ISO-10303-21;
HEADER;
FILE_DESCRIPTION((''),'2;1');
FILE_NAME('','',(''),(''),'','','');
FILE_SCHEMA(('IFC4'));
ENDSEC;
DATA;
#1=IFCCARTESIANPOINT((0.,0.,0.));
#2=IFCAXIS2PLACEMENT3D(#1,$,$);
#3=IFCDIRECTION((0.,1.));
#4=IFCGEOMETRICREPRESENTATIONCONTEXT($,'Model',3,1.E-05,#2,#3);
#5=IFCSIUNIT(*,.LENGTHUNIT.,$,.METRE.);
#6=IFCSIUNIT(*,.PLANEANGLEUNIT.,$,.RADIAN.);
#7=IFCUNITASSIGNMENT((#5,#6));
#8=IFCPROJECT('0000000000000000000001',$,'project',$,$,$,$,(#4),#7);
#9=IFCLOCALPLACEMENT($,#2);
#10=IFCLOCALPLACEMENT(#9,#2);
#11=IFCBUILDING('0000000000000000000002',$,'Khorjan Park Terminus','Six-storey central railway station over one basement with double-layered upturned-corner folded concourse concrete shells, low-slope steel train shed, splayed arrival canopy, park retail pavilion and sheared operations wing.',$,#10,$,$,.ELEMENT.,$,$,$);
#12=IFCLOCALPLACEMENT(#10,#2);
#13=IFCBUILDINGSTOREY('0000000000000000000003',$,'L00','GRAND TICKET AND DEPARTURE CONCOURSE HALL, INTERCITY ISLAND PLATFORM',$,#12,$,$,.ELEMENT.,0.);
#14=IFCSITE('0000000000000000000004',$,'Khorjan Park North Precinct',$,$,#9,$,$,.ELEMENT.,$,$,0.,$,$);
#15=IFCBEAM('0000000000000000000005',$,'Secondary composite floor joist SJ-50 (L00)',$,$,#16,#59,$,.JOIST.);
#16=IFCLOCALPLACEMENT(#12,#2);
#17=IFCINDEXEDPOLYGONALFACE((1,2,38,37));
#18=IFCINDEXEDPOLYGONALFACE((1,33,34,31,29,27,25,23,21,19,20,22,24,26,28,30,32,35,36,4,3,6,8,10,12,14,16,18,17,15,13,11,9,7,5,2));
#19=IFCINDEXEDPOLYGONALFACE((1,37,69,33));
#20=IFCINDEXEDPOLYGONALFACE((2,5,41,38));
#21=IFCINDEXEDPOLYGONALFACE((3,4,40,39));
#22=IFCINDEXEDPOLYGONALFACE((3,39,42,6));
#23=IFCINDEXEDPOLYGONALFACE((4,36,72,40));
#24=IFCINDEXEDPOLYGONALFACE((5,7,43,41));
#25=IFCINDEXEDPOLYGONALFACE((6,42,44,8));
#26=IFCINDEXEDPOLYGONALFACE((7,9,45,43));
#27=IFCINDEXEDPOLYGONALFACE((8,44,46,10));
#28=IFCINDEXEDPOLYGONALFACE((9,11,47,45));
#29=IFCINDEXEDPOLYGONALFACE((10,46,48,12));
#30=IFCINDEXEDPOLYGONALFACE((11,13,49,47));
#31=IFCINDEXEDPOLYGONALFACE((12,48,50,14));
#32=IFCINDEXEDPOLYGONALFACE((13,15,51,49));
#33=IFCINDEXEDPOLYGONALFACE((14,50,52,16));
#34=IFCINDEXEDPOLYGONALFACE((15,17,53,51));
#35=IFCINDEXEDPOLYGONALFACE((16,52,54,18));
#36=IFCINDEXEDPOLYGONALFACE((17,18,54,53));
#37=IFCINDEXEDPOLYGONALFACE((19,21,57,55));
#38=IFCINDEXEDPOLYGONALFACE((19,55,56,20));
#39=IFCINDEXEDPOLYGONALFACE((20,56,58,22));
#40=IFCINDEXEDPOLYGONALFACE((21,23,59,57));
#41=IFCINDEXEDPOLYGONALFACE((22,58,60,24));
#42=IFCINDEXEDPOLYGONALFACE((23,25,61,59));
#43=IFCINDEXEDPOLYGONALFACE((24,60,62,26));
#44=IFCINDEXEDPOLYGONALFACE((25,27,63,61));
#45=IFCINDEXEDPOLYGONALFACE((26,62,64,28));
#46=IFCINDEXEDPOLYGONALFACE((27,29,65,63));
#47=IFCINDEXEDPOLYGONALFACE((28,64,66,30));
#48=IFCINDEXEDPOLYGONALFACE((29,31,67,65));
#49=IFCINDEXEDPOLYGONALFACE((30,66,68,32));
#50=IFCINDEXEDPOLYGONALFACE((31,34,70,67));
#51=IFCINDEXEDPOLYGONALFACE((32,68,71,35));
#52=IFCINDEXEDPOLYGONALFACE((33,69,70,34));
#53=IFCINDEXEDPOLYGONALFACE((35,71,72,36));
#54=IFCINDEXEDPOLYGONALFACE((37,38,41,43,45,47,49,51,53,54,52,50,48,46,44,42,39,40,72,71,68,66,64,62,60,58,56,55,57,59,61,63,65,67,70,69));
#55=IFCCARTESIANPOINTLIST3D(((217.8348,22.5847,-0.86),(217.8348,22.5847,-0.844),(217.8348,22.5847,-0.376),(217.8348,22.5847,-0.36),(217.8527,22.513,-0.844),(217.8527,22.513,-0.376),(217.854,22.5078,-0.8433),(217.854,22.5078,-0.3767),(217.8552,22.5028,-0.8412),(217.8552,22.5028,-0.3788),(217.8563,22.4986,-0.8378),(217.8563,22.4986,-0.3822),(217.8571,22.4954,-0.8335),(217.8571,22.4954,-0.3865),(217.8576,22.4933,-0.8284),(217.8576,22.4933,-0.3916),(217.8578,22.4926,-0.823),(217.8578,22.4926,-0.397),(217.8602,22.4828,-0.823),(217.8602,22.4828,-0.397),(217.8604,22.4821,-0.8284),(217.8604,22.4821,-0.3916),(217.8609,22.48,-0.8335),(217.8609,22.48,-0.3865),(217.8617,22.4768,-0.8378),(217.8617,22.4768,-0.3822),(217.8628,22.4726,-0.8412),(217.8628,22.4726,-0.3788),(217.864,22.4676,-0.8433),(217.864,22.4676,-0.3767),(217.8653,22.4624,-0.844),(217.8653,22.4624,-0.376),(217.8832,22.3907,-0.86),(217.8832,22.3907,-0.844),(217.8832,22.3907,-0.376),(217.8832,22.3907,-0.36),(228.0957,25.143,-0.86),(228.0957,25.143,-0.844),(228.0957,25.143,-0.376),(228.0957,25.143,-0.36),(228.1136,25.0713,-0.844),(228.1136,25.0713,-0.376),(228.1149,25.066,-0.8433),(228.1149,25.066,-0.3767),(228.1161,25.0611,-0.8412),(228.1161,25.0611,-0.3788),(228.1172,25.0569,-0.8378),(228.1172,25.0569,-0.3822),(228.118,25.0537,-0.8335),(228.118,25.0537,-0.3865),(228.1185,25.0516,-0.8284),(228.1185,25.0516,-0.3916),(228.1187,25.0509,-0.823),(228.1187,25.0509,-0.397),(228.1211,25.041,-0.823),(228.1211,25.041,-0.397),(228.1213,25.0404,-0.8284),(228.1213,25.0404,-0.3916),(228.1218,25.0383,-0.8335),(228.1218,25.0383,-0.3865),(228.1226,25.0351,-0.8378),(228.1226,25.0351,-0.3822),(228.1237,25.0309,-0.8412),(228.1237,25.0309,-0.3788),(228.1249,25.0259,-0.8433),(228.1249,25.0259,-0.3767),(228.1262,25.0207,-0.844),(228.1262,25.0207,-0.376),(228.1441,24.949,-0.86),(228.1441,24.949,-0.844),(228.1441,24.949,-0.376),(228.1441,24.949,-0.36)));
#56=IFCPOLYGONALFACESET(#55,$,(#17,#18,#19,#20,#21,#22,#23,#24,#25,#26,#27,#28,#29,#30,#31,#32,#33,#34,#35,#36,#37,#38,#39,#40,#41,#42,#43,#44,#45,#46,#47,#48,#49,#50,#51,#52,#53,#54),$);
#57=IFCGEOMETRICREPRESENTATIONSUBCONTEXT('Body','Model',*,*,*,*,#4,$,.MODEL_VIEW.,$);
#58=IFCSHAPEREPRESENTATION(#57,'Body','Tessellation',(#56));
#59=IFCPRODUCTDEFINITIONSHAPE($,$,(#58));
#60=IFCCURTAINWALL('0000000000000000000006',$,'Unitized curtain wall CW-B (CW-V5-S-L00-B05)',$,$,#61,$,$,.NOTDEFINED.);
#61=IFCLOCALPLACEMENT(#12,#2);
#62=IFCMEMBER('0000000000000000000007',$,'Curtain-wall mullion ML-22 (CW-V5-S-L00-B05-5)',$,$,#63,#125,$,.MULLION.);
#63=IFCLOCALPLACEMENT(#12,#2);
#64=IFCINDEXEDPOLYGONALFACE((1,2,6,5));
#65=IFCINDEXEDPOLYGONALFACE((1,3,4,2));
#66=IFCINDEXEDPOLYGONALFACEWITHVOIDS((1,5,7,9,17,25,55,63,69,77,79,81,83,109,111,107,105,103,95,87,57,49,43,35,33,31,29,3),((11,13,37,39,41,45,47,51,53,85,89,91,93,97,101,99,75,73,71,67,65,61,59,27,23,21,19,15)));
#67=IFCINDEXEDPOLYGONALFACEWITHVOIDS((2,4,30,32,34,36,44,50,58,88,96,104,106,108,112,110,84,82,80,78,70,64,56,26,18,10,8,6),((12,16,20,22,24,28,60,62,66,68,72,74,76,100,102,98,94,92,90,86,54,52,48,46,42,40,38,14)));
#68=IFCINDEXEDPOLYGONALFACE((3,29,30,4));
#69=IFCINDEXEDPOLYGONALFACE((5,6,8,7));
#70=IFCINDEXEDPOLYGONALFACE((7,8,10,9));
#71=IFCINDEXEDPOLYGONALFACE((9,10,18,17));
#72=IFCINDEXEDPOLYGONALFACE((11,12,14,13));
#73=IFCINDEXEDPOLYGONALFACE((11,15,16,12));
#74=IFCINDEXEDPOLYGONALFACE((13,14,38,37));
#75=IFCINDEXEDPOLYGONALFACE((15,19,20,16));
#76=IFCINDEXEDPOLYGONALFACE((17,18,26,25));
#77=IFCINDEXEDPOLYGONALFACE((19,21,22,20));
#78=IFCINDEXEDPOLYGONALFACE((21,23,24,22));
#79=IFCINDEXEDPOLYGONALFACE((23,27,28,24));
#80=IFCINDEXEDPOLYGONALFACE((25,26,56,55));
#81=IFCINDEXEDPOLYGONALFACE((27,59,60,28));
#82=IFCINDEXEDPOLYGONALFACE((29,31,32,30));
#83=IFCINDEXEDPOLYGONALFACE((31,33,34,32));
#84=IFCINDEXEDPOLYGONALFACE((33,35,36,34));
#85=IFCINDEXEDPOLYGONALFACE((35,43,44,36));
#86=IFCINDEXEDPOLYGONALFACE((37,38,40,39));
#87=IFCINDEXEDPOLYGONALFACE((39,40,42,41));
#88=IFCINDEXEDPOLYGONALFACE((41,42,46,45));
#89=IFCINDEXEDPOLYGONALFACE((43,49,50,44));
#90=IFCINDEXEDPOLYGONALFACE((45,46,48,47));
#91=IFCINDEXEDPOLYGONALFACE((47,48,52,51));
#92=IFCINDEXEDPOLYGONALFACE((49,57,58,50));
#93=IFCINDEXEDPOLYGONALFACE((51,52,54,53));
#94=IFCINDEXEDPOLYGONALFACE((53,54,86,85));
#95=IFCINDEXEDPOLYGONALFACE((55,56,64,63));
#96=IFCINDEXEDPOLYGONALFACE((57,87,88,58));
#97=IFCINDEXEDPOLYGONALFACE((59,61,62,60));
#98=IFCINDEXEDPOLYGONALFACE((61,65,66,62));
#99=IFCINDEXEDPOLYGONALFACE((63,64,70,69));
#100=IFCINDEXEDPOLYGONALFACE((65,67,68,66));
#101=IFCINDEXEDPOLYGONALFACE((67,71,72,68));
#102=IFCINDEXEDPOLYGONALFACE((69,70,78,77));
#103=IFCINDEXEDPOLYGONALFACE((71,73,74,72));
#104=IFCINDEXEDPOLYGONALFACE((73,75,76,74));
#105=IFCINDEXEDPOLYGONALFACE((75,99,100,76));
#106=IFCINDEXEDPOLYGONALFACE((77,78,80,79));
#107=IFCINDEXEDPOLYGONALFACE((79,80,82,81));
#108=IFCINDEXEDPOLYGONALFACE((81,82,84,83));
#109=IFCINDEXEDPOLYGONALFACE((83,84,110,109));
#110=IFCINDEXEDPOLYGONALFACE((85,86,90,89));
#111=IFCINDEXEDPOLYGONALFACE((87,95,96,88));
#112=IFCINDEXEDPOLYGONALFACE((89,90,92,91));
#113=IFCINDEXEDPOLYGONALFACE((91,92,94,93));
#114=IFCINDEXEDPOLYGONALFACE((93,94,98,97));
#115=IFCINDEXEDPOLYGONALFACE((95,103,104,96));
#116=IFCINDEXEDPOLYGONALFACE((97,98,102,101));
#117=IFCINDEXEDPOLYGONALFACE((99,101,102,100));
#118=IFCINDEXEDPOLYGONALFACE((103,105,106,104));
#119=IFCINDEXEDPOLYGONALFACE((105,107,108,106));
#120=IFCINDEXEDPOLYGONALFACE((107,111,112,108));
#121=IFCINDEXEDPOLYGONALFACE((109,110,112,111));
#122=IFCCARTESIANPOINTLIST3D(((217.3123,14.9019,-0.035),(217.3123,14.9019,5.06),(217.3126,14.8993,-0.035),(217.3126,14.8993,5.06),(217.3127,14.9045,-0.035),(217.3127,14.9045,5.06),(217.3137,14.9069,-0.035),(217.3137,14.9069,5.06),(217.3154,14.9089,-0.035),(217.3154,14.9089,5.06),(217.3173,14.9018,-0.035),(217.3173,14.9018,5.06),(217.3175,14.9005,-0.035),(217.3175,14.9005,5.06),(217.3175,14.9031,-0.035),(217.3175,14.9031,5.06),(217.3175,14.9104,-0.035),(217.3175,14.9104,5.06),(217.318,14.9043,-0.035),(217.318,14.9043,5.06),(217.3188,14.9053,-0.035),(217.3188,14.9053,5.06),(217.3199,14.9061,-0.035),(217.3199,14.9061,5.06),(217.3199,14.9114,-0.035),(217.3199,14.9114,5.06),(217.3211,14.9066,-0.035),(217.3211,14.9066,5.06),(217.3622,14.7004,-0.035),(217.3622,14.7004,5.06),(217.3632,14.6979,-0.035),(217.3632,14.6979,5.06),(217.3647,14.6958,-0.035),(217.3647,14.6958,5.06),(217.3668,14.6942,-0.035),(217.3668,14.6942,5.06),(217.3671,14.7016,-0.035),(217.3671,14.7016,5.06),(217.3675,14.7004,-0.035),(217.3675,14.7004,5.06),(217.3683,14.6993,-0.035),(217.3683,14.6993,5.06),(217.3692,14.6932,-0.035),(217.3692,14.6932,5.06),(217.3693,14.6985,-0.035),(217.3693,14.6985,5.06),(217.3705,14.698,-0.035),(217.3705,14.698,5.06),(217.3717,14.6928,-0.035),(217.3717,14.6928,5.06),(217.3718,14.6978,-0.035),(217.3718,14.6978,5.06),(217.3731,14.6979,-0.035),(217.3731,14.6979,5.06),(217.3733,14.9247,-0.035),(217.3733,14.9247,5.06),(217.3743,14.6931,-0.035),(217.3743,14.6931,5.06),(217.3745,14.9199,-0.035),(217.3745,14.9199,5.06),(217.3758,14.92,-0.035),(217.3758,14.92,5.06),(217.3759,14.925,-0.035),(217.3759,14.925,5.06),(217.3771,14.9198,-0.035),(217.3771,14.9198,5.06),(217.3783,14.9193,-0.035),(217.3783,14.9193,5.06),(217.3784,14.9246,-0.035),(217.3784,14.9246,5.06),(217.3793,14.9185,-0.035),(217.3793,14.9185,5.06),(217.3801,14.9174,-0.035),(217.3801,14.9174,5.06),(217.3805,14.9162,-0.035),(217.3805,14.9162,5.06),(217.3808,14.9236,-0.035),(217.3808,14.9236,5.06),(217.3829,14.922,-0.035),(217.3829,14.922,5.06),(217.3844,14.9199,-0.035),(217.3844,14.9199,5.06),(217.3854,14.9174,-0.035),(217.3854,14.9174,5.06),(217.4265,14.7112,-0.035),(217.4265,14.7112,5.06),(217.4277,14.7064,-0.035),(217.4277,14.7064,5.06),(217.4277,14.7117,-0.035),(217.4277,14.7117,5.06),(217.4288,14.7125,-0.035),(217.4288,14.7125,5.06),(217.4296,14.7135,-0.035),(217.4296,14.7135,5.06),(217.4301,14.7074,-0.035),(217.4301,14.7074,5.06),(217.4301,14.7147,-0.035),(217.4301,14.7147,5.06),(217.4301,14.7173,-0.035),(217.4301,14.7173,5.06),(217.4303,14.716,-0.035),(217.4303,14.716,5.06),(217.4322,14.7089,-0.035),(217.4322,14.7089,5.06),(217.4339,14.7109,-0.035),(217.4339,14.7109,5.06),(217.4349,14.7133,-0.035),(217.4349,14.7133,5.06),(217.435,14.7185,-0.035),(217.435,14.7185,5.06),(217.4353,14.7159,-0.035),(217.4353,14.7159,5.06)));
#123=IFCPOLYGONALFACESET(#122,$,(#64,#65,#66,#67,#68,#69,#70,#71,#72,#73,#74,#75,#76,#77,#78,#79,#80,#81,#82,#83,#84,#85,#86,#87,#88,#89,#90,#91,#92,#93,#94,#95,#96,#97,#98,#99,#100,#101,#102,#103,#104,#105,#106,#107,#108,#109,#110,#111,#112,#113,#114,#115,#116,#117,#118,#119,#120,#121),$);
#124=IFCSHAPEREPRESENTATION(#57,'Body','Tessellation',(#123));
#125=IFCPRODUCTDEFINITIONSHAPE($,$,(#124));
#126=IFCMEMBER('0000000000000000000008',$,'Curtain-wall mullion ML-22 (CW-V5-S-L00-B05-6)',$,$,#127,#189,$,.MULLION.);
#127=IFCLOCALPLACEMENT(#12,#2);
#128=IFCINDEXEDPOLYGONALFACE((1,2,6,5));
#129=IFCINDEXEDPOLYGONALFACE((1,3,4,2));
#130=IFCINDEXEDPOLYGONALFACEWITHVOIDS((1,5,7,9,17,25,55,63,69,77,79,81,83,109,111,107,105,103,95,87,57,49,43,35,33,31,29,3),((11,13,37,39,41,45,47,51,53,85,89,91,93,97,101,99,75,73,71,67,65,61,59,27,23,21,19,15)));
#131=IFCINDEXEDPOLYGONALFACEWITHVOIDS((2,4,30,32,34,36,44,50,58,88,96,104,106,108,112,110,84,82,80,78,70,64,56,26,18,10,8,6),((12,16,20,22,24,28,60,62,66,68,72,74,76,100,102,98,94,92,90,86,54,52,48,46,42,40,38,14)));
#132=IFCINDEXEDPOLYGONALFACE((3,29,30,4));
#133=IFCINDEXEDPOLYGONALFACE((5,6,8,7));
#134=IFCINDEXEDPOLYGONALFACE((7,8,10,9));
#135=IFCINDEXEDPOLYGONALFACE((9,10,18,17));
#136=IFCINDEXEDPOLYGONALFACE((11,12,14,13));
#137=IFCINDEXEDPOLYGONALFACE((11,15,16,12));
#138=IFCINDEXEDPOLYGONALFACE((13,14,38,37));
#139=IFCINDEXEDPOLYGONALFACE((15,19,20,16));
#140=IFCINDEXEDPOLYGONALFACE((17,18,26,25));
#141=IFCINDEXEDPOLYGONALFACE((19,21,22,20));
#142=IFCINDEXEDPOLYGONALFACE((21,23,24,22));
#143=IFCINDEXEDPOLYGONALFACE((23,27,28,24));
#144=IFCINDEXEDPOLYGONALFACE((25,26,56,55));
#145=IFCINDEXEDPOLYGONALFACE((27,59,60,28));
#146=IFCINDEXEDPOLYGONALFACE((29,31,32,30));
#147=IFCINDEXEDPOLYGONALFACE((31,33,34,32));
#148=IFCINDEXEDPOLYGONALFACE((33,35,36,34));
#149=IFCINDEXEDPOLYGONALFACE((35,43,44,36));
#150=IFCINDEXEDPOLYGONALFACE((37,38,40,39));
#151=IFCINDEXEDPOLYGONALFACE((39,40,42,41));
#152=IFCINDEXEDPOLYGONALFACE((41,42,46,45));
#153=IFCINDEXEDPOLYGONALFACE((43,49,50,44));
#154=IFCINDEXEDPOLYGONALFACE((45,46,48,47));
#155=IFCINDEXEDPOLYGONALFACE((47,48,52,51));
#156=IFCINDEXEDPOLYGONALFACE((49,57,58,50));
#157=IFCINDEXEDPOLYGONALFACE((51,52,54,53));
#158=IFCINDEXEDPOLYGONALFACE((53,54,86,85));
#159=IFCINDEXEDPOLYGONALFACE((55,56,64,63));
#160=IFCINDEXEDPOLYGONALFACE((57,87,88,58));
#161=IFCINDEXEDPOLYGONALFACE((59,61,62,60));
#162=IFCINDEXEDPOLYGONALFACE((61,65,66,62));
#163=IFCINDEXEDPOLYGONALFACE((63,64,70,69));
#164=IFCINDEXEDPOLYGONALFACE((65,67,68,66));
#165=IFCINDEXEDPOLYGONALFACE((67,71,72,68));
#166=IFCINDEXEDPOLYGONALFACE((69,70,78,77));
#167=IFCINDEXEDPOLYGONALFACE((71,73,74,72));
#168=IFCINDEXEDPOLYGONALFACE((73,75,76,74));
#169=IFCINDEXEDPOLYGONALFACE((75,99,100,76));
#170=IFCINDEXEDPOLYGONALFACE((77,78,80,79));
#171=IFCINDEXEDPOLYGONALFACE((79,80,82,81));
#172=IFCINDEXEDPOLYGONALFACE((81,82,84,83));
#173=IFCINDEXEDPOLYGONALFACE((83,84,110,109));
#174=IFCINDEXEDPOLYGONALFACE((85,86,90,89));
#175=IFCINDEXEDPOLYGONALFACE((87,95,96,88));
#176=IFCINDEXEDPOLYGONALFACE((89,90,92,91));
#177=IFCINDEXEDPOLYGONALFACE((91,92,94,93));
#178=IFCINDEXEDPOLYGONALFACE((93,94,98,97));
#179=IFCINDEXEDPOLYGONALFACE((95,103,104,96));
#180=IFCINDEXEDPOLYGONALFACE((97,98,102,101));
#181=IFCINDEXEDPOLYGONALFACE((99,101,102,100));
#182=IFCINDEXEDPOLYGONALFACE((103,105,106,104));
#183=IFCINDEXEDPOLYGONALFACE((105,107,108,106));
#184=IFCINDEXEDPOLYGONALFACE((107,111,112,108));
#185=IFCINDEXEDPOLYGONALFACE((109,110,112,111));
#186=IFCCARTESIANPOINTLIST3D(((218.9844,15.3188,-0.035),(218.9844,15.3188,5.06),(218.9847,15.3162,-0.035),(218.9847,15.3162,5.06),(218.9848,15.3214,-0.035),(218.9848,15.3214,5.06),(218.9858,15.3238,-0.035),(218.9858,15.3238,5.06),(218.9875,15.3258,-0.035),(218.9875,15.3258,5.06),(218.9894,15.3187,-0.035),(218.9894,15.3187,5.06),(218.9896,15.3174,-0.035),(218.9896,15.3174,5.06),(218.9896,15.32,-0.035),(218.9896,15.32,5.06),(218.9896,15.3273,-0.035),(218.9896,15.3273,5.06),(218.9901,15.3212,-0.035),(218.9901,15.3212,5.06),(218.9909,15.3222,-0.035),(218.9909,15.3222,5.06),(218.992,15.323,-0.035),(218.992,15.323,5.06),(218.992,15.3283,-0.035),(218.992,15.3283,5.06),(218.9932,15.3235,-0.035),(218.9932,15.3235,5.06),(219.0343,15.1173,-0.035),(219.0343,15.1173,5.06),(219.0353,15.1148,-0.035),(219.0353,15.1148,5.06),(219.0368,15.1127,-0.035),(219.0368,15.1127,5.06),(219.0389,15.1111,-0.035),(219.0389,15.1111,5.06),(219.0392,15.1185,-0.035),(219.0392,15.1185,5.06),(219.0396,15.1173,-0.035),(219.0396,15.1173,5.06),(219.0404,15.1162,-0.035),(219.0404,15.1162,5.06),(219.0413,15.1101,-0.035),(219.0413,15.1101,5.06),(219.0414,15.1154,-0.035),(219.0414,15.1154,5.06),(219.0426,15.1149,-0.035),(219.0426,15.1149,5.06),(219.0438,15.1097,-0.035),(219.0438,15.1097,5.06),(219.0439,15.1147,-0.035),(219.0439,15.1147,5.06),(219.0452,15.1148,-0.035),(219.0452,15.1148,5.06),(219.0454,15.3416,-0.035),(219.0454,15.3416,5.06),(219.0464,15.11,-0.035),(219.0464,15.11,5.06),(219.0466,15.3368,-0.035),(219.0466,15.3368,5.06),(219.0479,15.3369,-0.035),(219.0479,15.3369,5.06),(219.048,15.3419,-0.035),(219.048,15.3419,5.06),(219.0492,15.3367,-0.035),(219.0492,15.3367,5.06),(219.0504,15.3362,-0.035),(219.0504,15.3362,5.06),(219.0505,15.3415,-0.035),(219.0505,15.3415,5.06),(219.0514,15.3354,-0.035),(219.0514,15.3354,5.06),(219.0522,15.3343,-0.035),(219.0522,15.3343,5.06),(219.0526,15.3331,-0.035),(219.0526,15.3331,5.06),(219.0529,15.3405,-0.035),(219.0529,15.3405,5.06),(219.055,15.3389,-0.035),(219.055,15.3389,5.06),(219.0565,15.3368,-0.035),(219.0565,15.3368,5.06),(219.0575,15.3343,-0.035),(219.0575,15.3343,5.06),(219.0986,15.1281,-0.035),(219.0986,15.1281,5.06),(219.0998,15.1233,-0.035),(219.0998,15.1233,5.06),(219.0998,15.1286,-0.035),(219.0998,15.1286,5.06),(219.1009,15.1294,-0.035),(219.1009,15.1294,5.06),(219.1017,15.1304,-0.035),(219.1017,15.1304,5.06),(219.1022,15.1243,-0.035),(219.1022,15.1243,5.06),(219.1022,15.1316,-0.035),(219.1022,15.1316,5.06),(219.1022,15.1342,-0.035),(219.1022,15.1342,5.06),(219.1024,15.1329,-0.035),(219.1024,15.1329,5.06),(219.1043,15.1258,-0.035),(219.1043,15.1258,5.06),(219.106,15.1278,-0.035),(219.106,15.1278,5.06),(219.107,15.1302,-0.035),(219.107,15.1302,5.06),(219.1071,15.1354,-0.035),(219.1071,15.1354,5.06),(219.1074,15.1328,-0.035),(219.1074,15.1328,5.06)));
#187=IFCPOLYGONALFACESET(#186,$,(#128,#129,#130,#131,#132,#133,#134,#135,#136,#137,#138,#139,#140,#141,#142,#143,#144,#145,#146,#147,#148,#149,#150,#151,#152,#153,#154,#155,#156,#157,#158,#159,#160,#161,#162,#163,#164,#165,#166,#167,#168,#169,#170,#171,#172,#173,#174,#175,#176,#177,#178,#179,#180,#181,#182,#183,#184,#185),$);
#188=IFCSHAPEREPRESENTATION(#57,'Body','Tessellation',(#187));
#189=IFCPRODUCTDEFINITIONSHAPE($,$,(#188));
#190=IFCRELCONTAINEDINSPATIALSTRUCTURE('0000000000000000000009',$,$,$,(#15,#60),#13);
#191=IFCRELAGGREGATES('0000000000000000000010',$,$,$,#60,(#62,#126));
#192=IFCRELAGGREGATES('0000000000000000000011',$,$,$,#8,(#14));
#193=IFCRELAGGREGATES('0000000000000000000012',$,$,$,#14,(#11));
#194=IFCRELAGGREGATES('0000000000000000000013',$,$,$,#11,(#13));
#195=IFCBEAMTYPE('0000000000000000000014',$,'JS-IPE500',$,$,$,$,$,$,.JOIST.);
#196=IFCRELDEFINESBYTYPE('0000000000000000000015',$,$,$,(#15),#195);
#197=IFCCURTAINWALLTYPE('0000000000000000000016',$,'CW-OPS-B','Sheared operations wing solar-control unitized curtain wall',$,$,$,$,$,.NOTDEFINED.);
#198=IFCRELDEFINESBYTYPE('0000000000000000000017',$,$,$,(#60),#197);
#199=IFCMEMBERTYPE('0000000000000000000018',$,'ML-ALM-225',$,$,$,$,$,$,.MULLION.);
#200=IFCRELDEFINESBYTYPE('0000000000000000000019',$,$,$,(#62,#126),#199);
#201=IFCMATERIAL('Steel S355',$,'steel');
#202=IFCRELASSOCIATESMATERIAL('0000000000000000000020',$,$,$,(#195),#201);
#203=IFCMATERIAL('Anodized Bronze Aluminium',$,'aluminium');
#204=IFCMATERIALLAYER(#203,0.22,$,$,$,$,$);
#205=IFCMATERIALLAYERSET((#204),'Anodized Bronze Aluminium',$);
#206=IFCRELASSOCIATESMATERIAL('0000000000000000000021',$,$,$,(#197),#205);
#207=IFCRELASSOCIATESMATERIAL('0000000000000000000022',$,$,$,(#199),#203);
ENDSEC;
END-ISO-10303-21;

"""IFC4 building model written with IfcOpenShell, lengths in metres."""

from ifc_helpers import new_model, si_unit, direction, frame, origin, origin_2d, place, context, subcontext, project, spatial, hollow_rectangle, i_section, extrude, material, layer, layer_set, material_profile, profile_set, type_object, element, aggregate, save


model = new_model("IFC4")

# Units and contexts
model_context = context("Model", 3, precision=1e-05, world=origin(), true_north=direction((0.0, 1.0)))
body_context = subcontext(model_context, "Body", "Model", "MODEL_VIEW")
ifc_project = project(units=[si_unit("LENGTHUNIT", "METRE"), si_unit("PLANEANGLEUNIT", "RADIAN")], contexts=[model_context])

# Site, building, storey
site_placement = place(None, origin())
site = spatial("IfcSite", under=ifc_project, at=site_placement, Name="Khorjan Park North Precinct", CompositionType="ELEMENT", RefElevation=0.0)
building_placement = place(site_placement, origin())
building = spatial("IfcBuilding", under=site, at=building_placement, Name="Khorjan Park Terminus", Description="Six-storey central railway station over one basement with double-layered upturned-corner folded concourse concrete shells, low-slope steel train shed, splayed arrival canopy, park retail pavilion and sheared operations wing.", CompositionType="ELEMENT")
storey_placement = place(building_placement, origin())
storey = spatial("IfcBuildingStorey", under=building, at=storey_placement, Name="L00", Description="GRAND TICKET AND DEPARTURE CONCOURSE HALL, INTERCITY ISLAND PLATFORM", CompositionType="ELEMENT", Elevation=0.0)

# Beam
ifc_material_1 = material(Name="Steel S355", Category="steel")
ifc_material_profile_1 = material_profile(ifc_material_1, i_section(OverallWidth=0.2, OverallDepth=0.5, WebThickness=0.0102, FlangeThickness=0.016, FilletRadius=0.021, at=origin_2d()), Name="IPE 500")
ifc_profile_set_1 = profile_set([ifc_material_profile_1], Name="Steel S355")
beam_type_1 = type_object("IfcBeamType", Name="JS-IPE500", PredefinedType="JOIST", material=ifc_profile_set_1)
beam_1_placement = place(storey_placement, frame((217.859, 22.4877, -0.61), z_axis=(0.970296, 0.241919, 0.0), x_axis=(-0.241919, 0.970296, 0.0)))
element("IfcBeam", 1, at=beam_1_placement, inside=storey, type_object=beam_type_1, Name="Secondary composite floor joist SJ-50 (L00)", PredefinedType="JOIST", context=body_context, shape_type="SweptSolid", body=[
    extrude(i_section(OverallWidth=0.2, OverallDepth=0.5, WebThickness=0.0102, FlangeThickness=0.016, FilletRadius=0.021, at=origin_2d()), origin(), (0.0, 0.0, 1.0), 10.575),
])

# Curtain wall, members
ifc_material_2 = material(Name="Anodized Bronze Aluminium", Category="aluminium")
ifc_layer_1 = layer(ifc_material_2, 0.22)
ifc_layer_set_1 = layer_set([ifc_layer_1], Name="Anodized Bronze Aluminium")
curtain_wall_type = type_object("IfcCurtainWallType", Name="CW-OPS-B", Description="Sheared operations wing solar-control unitized curtain wall", PredefinedType="NOTDEFINED", material=ifc_layer_set_1)
curtain_wall_placement = place(storey_placement, origin())
curtain_wall = element("IfcCurtainWall", 2, at=curtain_wall_placement, inside=storey, type_object=curtain_wall_type, Name="Unitized curtain wall CW-B (CW-V5-S-L00-B05)", PredefinedType="NOTDEFINED")
ifc_material_profile_2 = material_profile(ifc_material_2, hollow_rectangle(XDim=0.075, YDim=0.225, WallThickness=0.005, InnerFilletRadius=0.005, OuterFilletRadius=0.01, at=origin_2d()), Name="ALM 75x225x5")
ifc_profile_set_2 = profile_set([ifc_material_profile_2], Name="Anodized Bronze Aluminium")
member_type_1 = type_object("IfcMemberType", Name="ML-ALM-225", PredefinedType="MULLION", material=ifc_profile_set_2)
member_1_placement = place(storey_placement, frame((217.3738, 14.8089, -0.035), z_axis=(0.0, 0.0, 1.0), x_axis=(0.970298, 0.241912, 0.0)))
member_1 = element("IfcMember", 3, at=member_1_placement, type_object=member_type_1, Name="Curtain-wall mullion ML-22 (CW-V5-S-L00-B05-5)", PredefinedType="MULLION", context=body_context, shape_type="SweptSolid", body=[
    extrude(hollow_rectangle(XDim=0.075, YDim=0.225, WallThickness=0.005, InnerFilletRadius=0.005, OuterFilletRadius=0.01, at=origin_2d()), origin(), (0.0, 0.0, 1.0), 5.095),
])
member_2_placement = place(storey_placement, frame((219.0459, 15.2258, -0.035), z_axis=(0.0, 0.0, 1.0), x_axis=(0.970298, 0.241912, 0.0)))
member_2 = element("IfcMember", 4, at=member_2_placement, type_object=member_type_1, Name="Curtain-wall mullion ML-22 (CW-V5-S-L00-B05-6)", PredefinedType="MULLION", context=body_context, shape_type="SweptSolid", body=[
    extrude(hollow_rectangle(XDim=0.075, YDim=0.225, WallThickness=0.005, InnerFilletRadius=0.005, OuterFilletRadius=0.01, at=origin_2d()), origin(), (0.0, 0.0, 1.0), 5.095),
])
aggregate(curtain_wall, [member_1, member_2])

save(model, "model.ifc")
